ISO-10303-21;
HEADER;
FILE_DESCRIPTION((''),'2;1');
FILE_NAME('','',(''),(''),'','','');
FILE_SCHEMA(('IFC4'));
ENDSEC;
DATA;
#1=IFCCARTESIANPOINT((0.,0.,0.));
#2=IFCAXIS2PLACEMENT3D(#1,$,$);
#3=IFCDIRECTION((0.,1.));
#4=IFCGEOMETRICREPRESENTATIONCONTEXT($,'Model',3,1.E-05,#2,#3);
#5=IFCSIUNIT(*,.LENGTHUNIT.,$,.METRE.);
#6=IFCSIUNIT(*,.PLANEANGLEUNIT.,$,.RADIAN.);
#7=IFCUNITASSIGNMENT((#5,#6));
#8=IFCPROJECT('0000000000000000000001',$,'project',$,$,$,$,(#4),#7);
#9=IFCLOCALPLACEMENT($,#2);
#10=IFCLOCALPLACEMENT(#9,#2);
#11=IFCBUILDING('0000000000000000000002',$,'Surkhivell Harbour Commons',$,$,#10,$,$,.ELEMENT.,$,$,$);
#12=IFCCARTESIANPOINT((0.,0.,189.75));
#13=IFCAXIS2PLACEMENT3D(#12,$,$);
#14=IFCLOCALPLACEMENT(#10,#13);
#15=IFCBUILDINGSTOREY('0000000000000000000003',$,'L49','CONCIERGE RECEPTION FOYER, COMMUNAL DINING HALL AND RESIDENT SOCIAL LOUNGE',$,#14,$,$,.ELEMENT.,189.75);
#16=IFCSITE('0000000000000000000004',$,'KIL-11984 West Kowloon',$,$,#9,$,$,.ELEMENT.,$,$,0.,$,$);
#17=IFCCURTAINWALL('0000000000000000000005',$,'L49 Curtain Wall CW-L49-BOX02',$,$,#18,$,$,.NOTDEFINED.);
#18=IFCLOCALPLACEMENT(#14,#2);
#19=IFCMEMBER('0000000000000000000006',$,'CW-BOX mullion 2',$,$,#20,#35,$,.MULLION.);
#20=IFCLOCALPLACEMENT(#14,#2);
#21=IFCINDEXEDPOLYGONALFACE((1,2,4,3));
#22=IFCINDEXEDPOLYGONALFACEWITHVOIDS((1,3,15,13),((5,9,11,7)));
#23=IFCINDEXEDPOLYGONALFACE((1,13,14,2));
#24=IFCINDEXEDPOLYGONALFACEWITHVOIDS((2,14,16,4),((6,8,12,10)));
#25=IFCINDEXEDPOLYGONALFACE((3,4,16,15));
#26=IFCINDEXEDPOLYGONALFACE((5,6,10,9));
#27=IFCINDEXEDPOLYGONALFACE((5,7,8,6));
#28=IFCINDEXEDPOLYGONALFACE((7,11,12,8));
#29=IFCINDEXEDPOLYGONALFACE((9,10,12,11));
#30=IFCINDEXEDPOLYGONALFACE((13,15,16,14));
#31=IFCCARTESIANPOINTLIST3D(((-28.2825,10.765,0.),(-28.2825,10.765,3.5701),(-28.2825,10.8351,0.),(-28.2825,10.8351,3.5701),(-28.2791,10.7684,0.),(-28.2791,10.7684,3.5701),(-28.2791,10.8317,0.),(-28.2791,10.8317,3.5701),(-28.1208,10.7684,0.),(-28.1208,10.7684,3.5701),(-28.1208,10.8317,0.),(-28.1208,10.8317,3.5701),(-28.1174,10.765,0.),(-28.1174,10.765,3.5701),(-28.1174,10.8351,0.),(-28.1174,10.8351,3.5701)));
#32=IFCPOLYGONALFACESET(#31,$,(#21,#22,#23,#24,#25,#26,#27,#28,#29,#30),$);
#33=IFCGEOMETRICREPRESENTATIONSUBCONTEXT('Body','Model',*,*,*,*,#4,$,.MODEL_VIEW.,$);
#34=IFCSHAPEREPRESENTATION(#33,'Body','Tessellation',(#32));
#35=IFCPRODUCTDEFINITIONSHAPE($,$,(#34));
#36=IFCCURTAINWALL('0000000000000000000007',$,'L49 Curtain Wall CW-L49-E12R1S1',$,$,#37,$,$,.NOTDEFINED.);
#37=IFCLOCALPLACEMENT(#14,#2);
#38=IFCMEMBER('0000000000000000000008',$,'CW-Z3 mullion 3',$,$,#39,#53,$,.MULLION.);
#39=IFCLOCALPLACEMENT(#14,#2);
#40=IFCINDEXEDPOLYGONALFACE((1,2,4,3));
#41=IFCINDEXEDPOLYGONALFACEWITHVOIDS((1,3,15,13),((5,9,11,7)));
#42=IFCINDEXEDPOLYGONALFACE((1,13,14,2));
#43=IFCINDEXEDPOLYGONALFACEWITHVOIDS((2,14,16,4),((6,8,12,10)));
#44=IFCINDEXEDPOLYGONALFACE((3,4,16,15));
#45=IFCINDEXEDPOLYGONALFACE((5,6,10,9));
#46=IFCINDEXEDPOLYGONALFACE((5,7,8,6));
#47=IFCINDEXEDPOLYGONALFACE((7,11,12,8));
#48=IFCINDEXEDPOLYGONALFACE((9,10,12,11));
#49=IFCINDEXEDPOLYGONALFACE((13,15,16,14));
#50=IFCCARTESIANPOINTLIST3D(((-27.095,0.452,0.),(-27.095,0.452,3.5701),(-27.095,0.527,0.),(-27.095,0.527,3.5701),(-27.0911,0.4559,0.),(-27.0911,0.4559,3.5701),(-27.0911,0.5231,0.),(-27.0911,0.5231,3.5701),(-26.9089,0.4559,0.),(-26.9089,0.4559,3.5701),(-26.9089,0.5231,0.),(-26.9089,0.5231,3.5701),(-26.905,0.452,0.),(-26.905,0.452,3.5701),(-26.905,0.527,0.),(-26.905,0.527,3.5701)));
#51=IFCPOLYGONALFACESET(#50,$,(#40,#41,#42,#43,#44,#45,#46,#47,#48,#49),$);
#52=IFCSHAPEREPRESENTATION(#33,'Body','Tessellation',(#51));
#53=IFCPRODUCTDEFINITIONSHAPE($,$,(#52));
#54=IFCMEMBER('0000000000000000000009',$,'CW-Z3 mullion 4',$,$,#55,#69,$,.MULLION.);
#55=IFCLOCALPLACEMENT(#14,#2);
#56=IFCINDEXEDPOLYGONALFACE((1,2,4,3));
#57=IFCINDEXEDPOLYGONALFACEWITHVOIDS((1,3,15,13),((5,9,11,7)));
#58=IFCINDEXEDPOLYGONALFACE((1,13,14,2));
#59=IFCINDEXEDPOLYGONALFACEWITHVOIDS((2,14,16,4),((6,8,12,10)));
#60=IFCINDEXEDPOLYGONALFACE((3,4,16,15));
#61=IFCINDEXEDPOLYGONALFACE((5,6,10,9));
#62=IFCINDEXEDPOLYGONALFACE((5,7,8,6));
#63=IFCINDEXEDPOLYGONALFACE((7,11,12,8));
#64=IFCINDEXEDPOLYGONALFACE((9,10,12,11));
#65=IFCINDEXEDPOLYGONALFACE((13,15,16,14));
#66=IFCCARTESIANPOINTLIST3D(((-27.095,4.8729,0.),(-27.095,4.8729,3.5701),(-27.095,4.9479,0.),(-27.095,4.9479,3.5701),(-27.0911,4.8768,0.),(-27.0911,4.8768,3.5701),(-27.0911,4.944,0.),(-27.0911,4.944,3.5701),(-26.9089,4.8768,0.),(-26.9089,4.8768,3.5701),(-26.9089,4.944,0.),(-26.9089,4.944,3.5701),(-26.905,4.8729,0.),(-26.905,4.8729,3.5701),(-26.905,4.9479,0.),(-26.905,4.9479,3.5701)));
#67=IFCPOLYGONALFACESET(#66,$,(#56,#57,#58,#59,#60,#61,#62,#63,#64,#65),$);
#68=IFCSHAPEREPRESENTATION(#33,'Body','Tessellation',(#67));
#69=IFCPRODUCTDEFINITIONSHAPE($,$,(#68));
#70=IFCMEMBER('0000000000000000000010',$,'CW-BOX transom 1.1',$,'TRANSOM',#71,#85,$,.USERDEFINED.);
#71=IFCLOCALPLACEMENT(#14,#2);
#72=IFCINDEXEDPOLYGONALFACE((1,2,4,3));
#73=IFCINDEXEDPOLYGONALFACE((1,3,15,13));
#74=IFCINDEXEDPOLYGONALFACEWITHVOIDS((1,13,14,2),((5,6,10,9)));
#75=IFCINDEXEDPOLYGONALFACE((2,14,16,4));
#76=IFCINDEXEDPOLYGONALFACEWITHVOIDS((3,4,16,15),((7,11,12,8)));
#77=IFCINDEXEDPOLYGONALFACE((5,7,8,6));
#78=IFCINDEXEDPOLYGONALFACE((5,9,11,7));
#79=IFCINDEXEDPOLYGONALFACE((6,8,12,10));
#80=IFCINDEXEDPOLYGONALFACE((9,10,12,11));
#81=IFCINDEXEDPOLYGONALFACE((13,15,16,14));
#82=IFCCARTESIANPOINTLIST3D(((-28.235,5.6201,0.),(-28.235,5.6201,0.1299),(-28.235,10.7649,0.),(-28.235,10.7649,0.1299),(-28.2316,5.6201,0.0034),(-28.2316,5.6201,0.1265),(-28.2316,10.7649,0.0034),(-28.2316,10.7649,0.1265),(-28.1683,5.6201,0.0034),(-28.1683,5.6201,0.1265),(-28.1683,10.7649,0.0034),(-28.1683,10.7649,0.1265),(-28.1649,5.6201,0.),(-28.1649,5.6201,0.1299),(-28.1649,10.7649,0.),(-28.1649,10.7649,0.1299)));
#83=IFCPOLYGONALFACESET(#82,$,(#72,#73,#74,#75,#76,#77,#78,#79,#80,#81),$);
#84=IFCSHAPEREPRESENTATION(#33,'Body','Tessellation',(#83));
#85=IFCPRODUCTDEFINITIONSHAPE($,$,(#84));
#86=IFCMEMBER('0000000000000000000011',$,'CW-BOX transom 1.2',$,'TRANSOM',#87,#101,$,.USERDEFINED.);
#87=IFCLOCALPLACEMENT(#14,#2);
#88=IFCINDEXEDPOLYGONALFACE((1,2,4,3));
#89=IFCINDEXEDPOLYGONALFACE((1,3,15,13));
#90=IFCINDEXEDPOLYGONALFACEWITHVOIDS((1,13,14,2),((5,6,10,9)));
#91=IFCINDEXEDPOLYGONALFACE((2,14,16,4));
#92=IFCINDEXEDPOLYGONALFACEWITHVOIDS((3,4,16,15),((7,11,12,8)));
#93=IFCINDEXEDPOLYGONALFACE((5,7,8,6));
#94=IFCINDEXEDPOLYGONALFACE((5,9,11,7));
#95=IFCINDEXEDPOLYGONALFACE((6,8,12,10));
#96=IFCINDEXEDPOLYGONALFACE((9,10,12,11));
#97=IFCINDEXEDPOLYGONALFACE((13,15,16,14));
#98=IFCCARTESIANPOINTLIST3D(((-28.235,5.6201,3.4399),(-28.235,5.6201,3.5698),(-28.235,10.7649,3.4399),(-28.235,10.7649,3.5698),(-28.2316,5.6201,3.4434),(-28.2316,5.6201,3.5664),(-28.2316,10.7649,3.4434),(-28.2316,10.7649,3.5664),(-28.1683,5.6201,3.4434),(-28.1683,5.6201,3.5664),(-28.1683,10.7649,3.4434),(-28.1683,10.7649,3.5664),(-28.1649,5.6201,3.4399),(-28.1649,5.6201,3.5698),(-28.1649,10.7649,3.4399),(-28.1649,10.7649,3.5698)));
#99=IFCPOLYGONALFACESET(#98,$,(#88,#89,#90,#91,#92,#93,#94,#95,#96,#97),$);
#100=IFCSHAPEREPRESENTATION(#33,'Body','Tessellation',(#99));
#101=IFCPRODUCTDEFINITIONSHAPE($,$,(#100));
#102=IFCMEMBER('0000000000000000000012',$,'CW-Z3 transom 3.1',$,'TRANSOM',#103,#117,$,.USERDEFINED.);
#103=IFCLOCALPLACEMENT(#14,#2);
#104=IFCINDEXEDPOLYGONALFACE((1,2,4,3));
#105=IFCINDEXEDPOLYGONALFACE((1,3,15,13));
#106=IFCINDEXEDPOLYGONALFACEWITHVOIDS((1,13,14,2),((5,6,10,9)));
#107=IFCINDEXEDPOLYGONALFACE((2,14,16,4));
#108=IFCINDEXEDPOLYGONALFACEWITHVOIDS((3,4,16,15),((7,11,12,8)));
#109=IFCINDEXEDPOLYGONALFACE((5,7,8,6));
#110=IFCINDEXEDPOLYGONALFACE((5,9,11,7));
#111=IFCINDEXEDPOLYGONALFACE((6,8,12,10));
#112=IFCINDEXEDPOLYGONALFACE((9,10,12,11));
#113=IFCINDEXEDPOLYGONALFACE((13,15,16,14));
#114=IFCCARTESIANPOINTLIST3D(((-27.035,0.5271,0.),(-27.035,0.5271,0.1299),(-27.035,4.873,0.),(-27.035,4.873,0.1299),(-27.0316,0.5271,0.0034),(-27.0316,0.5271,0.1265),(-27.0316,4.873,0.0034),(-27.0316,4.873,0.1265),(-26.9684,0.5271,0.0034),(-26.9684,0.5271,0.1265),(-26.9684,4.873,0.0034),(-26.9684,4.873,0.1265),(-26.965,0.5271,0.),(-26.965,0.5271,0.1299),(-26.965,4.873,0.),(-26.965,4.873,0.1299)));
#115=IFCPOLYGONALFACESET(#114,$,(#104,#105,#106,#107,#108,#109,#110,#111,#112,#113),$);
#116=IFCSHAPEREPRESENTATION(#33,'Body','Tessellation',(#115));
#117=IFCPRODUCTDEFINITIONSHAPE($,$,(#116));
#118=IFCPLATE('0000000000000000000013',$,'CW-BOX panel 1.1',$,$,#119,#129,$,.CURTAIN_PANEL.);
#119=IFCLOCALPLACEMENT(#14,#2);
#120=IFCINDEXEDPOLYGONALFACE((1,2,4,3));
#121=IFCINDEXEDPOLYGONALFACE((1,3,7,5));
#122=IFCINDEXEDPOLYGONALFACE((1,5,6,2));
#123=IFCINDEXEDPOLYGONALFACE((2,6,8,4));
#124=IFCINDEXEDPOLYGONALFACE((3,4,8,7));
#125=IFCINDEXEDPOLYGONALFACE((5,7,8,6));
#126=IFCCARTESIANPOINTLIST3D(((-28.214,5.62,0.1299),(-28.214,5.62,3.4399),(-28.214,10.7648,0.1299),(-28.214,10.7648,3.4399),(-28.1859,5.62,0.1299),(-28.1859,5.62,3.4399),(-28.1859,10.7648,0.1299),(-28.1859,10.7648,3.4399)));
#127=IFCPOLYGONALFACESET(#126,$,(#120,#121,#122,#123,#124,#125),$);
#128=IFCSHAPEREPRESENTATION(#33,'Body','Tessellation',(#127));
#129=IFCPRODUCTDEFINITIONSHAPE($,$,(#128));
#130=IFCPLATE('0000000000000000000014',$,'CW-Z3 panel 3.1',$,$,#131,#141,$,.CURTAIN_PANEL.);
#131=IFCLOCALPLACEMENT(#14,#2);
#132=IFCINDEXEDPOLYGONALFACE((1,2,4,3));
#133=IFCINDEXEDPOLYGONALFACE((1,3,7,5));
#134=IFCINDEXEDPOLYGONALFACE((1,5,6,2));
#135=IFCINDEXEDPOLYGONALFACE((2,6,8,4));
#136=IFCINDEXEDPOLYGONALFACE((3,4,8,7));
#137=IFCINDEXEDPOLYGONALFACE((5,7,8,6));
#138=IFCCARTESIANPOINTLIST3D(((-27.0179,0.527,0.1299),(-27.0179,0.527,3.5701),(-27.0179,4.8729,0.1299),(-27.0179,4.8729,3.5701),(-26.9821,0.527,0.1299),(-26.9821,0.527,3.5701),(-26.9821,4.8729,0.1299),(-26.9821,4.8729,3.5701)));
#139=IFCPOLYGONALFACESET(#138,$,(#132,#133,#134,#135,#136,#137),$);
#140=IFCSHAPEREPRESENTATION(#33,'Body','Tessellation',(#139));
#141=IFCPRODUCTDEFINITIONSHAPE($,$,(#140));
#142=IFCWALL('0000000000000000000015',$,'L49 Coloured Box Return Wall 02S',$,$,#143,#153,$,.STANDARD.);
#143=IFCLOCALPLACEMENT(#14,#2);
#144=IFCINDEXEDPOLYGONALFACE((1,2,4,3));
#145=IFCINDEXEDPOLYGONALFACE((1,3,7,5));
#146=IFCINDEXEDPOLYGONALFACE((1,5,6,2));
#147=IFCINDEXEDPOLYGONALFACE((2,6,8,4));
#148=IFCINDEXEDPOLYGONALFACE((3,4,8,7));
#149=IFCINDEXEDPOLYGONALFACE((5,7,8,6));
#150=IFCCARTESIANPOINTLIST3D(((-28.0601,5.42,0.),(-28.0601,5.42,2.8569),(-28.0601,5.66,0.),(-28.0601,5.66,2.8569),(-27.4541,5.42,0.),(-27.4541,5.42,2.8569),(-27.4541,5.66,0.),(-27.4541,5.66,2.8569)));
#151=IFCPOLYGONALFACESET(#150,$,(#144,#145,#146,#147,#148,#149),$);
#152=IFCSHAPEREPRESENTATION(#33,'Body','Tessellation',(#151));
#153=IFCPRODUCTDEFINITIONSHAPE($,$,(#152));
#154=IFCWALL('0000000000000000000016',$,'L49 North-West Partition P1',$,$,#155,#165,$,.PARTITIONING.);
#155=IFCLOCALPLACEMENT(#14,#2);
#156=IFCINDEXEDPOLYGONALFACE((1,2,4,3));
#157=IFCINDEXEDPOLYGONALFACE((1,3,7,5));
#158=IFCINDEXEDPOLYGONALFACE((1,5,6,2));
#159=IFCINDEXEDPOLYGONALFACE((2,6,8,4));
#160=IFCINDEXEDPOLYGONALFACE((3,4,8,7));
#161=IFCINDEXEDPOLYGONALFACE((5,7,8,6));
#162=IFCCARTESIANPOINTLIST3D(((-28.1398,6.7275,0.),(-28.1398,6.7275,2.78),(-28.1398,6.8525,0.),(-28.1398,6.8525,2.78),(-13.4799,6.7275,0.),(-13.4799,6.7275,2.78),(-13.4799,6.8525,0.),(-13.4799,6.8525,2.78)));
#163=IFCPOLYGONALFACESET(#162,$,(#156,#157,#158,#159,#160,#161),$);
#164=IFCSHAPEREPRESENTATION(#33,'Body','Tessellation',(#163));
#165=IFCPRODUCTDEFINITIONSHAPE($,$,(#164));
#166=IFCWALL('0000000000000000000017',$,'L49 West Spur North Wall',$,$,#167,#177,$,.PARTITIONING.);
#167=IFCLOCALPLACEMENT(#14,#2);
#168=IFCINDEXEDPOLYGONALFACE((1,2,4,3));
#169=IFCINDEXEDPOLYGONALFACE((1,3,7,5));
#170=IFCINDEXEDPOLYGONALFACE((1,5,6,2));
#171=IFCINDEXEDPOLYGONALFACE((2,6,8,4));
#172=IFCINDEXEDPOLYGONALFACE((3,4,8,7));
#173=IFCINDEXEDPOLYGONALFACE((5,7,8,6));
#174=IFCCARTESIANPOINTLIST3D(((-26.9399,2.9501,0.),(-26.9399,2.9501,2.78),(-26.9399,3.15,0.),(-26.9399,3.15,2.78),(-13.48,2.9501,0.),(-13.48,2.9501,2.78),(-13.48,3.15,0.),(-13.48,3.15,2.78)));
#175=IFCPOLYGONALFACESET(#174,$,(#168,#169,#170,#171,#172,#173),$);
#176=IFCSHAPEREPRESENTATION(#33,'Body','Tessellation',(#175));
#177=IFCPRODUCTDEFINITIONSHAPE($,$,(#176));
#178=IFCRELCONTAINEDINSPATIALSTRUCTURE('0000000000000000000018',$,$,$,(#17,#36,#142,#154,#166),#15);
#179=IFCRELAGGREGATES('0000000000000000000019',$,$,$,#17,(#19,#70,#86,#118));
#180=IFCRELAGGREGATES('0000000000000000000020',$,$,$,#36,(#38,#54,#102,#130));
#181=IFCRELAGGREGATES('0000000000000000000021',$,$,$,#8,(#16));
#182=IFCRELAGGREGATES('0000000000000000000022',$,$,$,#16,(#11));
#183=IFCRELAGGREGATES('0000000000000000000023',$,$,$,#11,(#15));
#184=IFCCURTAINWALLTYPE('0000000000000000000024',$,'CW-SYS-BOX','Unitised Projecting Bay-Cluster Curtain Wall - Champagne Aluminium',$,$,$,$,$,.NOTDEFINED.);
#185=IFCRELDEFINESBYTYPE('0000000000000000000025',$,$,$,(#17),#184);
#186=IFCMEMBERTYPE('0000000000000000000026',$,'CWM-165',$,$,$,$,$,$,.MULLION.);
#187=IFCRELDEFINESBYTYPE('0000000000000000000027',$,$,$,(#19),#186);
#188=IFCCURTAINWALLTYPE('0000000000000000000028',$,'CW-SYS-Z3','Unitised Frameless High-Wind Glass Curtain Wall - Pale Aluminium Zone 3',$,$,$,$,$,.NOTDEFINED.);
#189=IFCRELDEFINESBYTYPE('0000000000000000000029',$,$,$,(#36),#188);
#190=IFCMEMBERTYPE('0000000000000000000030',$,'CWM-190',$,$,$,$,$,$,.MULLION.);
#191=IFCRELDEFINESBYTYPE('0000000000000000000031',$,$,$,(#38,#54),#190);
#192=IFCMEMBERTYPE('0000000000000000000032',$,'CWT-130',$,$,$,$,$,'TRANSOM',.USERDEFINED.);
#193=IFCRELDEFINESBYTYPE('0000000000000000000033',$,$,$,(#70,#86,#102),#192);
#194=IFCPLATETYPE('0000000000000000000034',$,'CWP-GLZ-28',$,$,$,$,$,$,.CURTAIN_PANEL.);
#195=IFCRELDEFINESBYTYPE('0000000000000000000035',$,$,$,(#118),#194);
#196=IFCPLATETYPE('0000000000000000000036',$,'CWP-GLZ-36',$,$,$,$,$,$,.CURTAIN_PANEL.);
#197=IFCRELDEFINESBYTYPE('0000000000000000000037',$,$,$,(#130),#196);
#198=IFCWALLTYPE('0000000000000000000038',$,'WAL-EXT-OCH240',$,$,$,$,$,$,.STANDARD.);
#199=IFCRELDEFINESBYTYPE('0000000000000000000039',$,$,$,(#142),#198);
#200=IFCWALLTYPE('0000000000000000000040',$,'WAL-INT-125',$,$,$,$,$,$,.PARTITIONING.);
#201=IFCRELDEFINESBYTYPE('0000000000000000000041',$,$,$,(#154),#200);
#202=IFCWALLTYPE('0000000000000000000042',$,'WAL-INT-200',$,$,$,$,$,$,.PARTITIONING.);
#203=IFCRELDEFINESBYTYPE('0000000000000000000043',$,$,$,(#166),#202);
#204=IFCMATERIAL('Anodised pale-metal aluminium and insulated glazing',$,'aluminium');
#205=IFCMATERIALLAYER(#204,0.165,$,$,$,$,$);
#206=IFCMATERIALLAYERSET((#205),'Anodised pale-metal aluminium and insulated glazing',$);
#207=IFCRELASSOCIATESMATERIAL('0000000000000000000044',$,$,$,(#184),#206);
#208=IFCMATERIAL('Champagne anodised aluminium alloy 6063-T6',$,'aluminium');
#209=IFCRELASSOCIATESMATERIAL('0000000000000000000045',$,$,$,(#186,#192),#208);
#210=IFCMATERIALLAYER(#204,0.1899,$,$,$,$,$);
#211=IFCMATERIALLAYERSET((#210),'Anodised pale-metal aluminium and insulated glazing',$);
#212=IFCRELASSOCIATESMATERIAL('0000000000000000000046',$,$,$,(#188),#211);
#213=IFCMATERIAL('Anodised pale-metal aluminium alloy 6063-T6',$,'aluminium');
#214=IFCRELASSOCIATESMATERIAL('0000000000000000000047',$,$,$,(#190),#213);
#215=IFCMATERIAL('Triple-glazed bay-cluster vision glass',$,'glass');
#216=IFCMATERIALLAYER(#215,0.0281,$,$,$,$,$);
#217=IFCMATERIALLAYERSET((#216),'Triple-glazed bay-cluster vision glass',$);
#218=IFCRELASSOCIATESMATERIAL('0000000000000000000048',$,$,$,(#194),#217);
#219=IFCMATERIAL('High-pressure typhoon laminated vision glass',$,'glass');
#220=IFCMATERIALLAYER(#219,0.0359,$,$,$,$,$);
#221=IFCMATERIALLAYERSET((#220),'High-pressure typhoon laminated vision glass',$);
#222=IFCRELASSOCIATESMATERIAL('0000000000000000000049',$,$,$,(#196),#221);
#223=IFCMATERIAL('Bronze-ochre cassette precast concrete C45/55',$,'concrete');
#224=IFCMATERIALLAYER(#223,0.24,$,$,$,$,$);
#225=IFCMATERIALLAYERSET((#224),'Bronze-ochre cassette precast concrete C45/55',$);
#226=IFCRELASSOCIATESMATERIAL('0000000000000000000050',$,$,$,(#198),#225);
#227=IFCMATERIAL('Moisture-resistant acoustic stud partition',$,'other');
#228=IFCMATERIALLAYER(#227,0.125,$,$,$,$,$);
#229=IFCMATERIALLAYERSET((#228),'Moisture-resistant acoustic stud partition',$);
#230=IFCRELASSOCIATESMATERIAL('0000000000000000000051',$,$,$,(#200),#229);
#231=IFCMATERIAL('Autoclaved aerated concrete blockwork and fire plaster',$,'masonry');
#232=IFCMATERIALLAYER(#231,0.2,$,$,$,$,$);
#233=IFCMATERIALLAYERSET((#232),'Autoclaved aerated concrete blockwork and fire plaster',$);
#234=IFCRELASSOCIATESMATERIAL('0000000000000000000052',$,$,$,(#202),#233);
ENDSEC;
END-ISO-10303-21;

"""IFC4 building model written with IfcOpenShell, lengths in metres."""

from ifc_helpers import new_model, si_unit, direction, frame, frame_2d, origin, origin_2d, place, context, subcontext, project, spatial, rectangle, hollow_rectangle, extrude, material, layer, layer_set, material_profile, profile_set, type_object, element, aggregate, save


model = new_model("IFC4")

# Units and contexts
model_context = context("Model", 3, precision=1e-05, world=origin(), true_north=direction((0.0, 1.0)))
body_context = subcontext(model_context, "Body", "Model", "MODEL_VIEW")
ifc_project = project(units=[si_unit("LENGTHUNIT", "METRE"), si_unit("PLANEANGLEUNIT", "RADIAN")], contexts=[model_context])

# Site, building, storey
site_placement = place(None, origin())
site = spatial("IfcSite", under=ifc_project, at=site_placement, Name="KIL-11984 West Kowloon", CompositionType="ELEMENT", RefElevation=0.0)
building_placement = place(site_placement, origin())
building = spatial("IfcBuilding", under=site, at=building_placement, Name="Surkhivell Harbour Commons", CompositionType="ELEMENT")
storey_placement = place(building_placement, frame((0.0, 0.0, 189.75)))
storey = spatial("IfcBuildingStorey", under=building, at=storey_placement, Name="L49", Description="CONCIERGE RECEPTION FOYER, COMMUNAL DINING HALL AND RESIDENT SOCIAL LOUNGE", CompositionType="ELEMENT", Elevation=189.75)

# Curtain walls, members
ifc_material_1 = material(Name="Anodised pale-metal aluminium and insulated glazing", Category="aluminium")
ifc_layer_1 = layer(ifc_material_1, 0.165)
ifc_layer_set_1 = layer_set([ifc_layer_1], Name="Anodised pale-metal aluminium and insulated glazing")
curtain_wall_type_1 = type_object("IfcCurtainWallType", Name="CW-SYS-BOX", Description="Unitised Projecting Bay-Cluster Curtain Wall - Champagne Aluminium", PredefinedType="NOTDEFINED", material=ifc_layer_set_1)
curtain_wall_1_placement = place(storey_placement, origin())
curtain_wall_1 = element("IfcCurtainWall", 1, at=curtain_wall_1_placement, inside=storey, type_object=curtain_wall_type_1, Name="L49 Curtain Wall CW-L49-BOX02", PredefinedType="NOTDEFINED")
ifc_material_2 = material(Name="Champagne anodised aluminium alloy 6063-T6", Category="aluminium")
ifc_material_profile_1 = material_profile(ifc_material_2, hollow_rectangle(XDim=0.0701, YDim=0.165, WallThickness=0.0034, at=origin_2d()), Name="ALU-MULL-70x165")
ifc_profile_set_1 = profile_set([ifc_material_profile_1], Name="Champagne anodised aluminium alloy 6063-T6")
member_type_1 = type_object("IfcMemberType", Name="CWM-165", PredefinedType="MULLION", material=ifc_profile_set_1)
member_1_placement = place(storey_placement, frame((-28.2, 10.8, 0.0), z_axis=(0.0, 0.0, 1.0), x_axis=(0.0, 1.0, 0.0)))
member_1 = element("IfcMember", 2, at=member_1_placement, type_object=member_type_1, Name="CW-BOX mullion 2", PredefinedType="MULLION", context=body_context, shape_type="SweptSolid", body=[
    extrude(hollow_rectangle(XDim=0.0701, YDim=0.165, WallThickness=0.0034, at=origin_2d()), origin(), (0.0, 0.0, 1.0), 3.5701),
])
ifc_layer_2 = layer(ifc_material_1, 0.1899)
ifc_layer_set_2 = layer_set([ifc_layer_2], Name="Anodised pale-metal aluminium and insulated glazing")
curtain_wall_type_2 = type_object("IfcCurtainWallType", Name="CW-SYS-Z3", Description="Unitised Frameless High-Wind Glass Curtain Wall - Pale Aluminium Zone 3", PredefinedType="NOTDEFINED", material=ifc_layer_set_2)
curtain_wall_2_placement = place(storey_placement, origin())
curtain_wall_2 = element("IfcCurtainWall", 3, at=curtain_wall_2_placement, inside=storey, type_object=curtain_wall_type_2, Name="L49 Curtain Wall CW-L49-E12R1S1", PredefinedType="NOTDEFINED")
ifc_material_3 = material(Name="Anodised pale-metal aluminium alloy 6063-T6", Category="aluminium")
ifc_material_profile_2 = material_profile(ifc_material_3, hollow_rectangle(XDim=0.075, YDim=0.1899, WallThickness=0.0039, at=origin_2d()), Name="ALU-MULL-75x190")
ifc_profile_set_2 = profile_set([ifc_material_profile_2], Name="Anodised pale-metal aluminium alloy 6063-T6")
member_type_2 = type_object("IfcMemberType", Name="CWM-190", PredefinedType="MULLION", material=ifc_profile_set_2)
member_2_placement = place(storey_placement, frame((-27.0, 0.4895, 0.0), z_axis=(0.0, 0.0, 1.0), x_axis=(0.0, 1.0, 0.0)))
member_2 = element("IfcMember", 4, at=member_2_placement, type_object=member_type_2, Name="CW-Z3 mullion 3", PredefinedType="MULLION", context=body_context, shape_type="SweptSolid", body=[
    extrude(hollow_rectangle(XDim=0.075, YDim=0.1899, WallThickness=0.0039, at=origin_2d()), origin(), (0.0, 0.0, 1.0), 3.5701),
])
member_3_placement = place(storey_placement, frame((-27.0, 4.9104, 0.0), z_axis=(0.0, 0.0, 1.0), x_axis=(0.0, 1.0, 0.0)))
member_3 = element("IfcMember", 5, at=member_3_placement, type_object=member_type_2, Name="CW-Z3 mullion 4", PredefinedType="MULLION", context=body_context, shape_type="SweptSolid", body=[
    extrude(hollow_rectangle(XDim=0.075, YDim=0.1899, WallThickness=0.0039, at=origin_2d()), origin(), (0.0, 0.0, 1.0), 3.5701),
])

# Members
ifc_material_profile_3 = material_profile(ifc_material_2, hollow_rectangle(XDim=0.0701, YDim=0.1299, WallThickness=0.0034, at=origin_2d()), Name="ALU-TRAN-70x130")
ifc_profile_set_3 = profile_set([ifc_material_profile_3], Name="Champagne anodised aluminium alloy 6063-T6")
member_type_3 = type_object("IfcMemberType", Name="CWT-130", ElementType="TRANSOM", PredefinedType="USERDEFINED", material=ifc_profile_set_3)
member_4_placement = place(storey_placement, frame((-28.2, 5.6201, 0.0649), z_axis=(0.0, 1.0, 0.0), x_axis=(-1.0, 0.0, 0.0)))
member_4 = element("IfcMember", 6, at=member_4_placement, type_object=member_type_3, Name="CW-BOX transom 1.1", ObjectType="TRANSOM", PredefinedType="USERDEFINED", context=body_context, shape_type="SweptSolid", body=[
    extrude(hollow_rectangle(XDim=0.0701, YDim=0.1299, WallThickness=0.0034, at=origin_2d()), origin(), (0.0, 0.0, 1.0), 5.1448),
])
member_5_placement = place(storey_placement, frame((-28.2, 5.6201, 3.5049), z_axis=(0.0, 1.0, 0.0), x_axis=(-1.0, 0.0, 0.0)))
member_5 = element("IfcMember", 7, at=member_5_placement, type_object=member_type_3, Name="CW-BOX transom 1.2", ObjectType="TRANSOM", PredefinedType="USERDEFINED", context=body_context, shape_type="SweptSolid", body=[
    extrude(hollow_rectangle(XDim=0.0701, YDim=0.1299, WallThickness=0.0034, at=origin_2d()), origin(), (0.0, 0.0, 1.0), 5.1448),
])
member_6_placement = place(storey_placement, frame((-27.0, 0.5271, 0.0649), z_axis=(0.0, 1.0, 0.0), x_axis=(-1.0, 0.0, 0.0)))
member_6 = element("IfcMember", 8, at=member_6_placement, type_object=member_type_3, Name="CW-Z3 transom 3.1", ObjectType="TRANSOM", PredefinedType="USERDEFINED", context=body_context, shape_type="SweptSolid", body=[
    extrude(hollow_rectangle(XDim=0.0701, YDim=0.1299, WallThickness=0.0034, at=origin_2d()), origin(), (0.0, 0.0, 1.0), 4.3459),
])

# Plates
ifc_material_4 = material(Name="Triple-glazed bay-cluster vision glass", Category="glass")
ifc_layer_3 = layer(ifc_material_4, 0.0281)
ifc_layer_set_3 = layer_set([ifc_layer_3], Name="Triple-glazed bay-cluster vision glass")
plate_type_1 = type_object("IfcPlateType", Name="CWP-GLZ-28", PredefinedType="CURTAIN_PANEL", material=ifc_layer_set_3)
plate_1_placement = place(storey_placement, frame((-28.2, 5.6201, 0.1299), z_axis=(0.0, 0.0, 1.0), x_axis=(0.0, 1.0, 0.0)))
plate_1 = element("IfcPlate", 9, at=plate_1_placement, type_object=plate_type_1, Name="CW-BOX panel 1.1", PredefinedType="CURTAIN_PANEL", context=body_context, shape_type="SweptSolid", body=[
    extrude(rectangle(XDim=5.1448, YDim=0.0281, at=frame_2d((2.5723, 0.0))), origin(), (0.0, 0.0, 1.0), 3.3101),
])
aggregate(curtain_wall_1, [member_1, member_4, member_5, plate_1])
ifc_material_5 = material(Name="High-pressure typhoon laminated vision glass", Category="glass")
ifc_layer_4 = layer(ifc_material_5, 0.0359)
ifc_layer_set_4 = layer_set([ifc_layer_4], Name="High-pressure typhoon laminated vision glass")
plate_type_2 = type_object("IfcPlateType", Name="CWP-GLZ-36", PredefinedType="CURTAIN_PANEL", material=ifc_layer_set_4)
plate_2_placement = place(storey_placement, frame((-27.0, 0.5271, 0.1299), z_axis=(0.0, 0.0, 1.0), x_axis=(0.0, 1.0, 0.0)))
plate_2 = element("IfcPlate", 10, at=plate_2_placement, type_object=plate_type_2, Name="CW-Z3 panel 3.1", PredefinedType="CURTAIN_PANEL", context=body_context, shape_type="SweptSolid", body=[
    extrude(rectangle(XDim=4.3459, YDim=0.0359, at=frame_2d((2.1729, 0.0))), origin(), (0.0, 0.0, 1.0), 3.4402),
])
aggregate(curtain_wall_2, [member_2, member_3, member_6, plate_2])

# Walls
ifc_material_6 = material(Name="Bronze-ochre cassette precast concrete C45/55", Category="concrete")
ifc_layer_5 = layer(ifc_material_6, 0.24)
ifc_layer_set_5 = layer_set([ifc_layer_5], Name="Bronze-ochre cassette precast concrete C45/55")
wall_type_1 = type_object("IfcWallType", Name="WAL-EXT-OCH240", PredefinedType="STANDARD", material=ifc_layer_set_5)
wall_1_placement = place(storey_placement, frame((-28.0601, 5.54, 0.0), z_axis=(0.0, 0.0, 1.0), x_axis=(1.0, 0.0, 0.0)))
element("IfcWall", 11, at=wall_1_placement, inside=storey, type_object=wall_type_1, Name="L49 Coloured Box Return Wall 02S", PredefinedType="STANDARD", context=body_context, shape_type="SweptSolid", body=[
    extrude(rectangle(XDim=0.606, YDim=0.24, at=frame_2d((0.303, 0.0))), origin(), (0.0, 0.0, 1.0), 2.8569),
])
ifc_material_7 = material(Name="Moisture-resistant acoustic stud partition", Category="other")
ifc_layer_6 = layer(ifc_material_7, 0.125)
ifc_layer_set_6 = layer_set([ifc_layer_6], Name="Moisture-resistant acoustic stud partition")
wall_type_2 = type_object("IfcWallType", Name="WAL-INT-125", PredefinedType="PARTITIONING", material=ifc_layer_set_6)
wall_2_placement = place(storey_placement, frame((-28.1399, 6.79, 0.0), z_axis=(0.0, 0.0, 1.0), x_axis=(1.0, 0.0, 0.0)))
element("IfcWall", 12, at=wall_2_placement, inside=storey, type_object=wall_type_2, Name="L49 North-West Partition P1", PredefinedType="PARTITIONING", context=body_context, shape_type="SweptSolid", body=[
    extrude(rectangle(XDim=14.6599, YDim=0.125, at=frame_2d((7.3301, 0.0))), origin(), (0.0, 0.0, 1.0), 2.78),
])
ifc_material_8 = material(Name="Autoclaved aerated concrete blockwork and fire plaster", Category="masonry")
ifc_layer_7 = layer(ifc_material_8, 0.2)
ifc_layer_set_7 = layer_set([ifc_layer_7], Name="Autoclaved aerated concrete blockwork and fire plaster")
wall_type_3 = type_object("IfcWallType", Name="WAL-INT-200", PredefinedType="PARTITIONING", material=ifc_layer_set_7)
for number, where, z_axis, x_axis, name in (
    (13, (-26.9399, 3.05, 0.0), (0.0, 0.0, 1.0), (1.0, 0.0, 0.0), "L49 West Spur North Wall"),
):
    element("IfcWall", number, at=place(storey_placement, frame(where, z_axis=z_axis, x_axis=x_axis)), inside=storey, type_object=wall_type_3, Name=name, PredefinedType="PARTITIONING", context=body_context, shape_type="SweptSolid", body=[
        extrude(rectangle(XDim=13.46, YDim=0.2, at=frame_2d((6.73, 0.0))), origin(), (0.0, 0.0, 1.0), 2.78),
    ])

save(model, "model.ifc")
